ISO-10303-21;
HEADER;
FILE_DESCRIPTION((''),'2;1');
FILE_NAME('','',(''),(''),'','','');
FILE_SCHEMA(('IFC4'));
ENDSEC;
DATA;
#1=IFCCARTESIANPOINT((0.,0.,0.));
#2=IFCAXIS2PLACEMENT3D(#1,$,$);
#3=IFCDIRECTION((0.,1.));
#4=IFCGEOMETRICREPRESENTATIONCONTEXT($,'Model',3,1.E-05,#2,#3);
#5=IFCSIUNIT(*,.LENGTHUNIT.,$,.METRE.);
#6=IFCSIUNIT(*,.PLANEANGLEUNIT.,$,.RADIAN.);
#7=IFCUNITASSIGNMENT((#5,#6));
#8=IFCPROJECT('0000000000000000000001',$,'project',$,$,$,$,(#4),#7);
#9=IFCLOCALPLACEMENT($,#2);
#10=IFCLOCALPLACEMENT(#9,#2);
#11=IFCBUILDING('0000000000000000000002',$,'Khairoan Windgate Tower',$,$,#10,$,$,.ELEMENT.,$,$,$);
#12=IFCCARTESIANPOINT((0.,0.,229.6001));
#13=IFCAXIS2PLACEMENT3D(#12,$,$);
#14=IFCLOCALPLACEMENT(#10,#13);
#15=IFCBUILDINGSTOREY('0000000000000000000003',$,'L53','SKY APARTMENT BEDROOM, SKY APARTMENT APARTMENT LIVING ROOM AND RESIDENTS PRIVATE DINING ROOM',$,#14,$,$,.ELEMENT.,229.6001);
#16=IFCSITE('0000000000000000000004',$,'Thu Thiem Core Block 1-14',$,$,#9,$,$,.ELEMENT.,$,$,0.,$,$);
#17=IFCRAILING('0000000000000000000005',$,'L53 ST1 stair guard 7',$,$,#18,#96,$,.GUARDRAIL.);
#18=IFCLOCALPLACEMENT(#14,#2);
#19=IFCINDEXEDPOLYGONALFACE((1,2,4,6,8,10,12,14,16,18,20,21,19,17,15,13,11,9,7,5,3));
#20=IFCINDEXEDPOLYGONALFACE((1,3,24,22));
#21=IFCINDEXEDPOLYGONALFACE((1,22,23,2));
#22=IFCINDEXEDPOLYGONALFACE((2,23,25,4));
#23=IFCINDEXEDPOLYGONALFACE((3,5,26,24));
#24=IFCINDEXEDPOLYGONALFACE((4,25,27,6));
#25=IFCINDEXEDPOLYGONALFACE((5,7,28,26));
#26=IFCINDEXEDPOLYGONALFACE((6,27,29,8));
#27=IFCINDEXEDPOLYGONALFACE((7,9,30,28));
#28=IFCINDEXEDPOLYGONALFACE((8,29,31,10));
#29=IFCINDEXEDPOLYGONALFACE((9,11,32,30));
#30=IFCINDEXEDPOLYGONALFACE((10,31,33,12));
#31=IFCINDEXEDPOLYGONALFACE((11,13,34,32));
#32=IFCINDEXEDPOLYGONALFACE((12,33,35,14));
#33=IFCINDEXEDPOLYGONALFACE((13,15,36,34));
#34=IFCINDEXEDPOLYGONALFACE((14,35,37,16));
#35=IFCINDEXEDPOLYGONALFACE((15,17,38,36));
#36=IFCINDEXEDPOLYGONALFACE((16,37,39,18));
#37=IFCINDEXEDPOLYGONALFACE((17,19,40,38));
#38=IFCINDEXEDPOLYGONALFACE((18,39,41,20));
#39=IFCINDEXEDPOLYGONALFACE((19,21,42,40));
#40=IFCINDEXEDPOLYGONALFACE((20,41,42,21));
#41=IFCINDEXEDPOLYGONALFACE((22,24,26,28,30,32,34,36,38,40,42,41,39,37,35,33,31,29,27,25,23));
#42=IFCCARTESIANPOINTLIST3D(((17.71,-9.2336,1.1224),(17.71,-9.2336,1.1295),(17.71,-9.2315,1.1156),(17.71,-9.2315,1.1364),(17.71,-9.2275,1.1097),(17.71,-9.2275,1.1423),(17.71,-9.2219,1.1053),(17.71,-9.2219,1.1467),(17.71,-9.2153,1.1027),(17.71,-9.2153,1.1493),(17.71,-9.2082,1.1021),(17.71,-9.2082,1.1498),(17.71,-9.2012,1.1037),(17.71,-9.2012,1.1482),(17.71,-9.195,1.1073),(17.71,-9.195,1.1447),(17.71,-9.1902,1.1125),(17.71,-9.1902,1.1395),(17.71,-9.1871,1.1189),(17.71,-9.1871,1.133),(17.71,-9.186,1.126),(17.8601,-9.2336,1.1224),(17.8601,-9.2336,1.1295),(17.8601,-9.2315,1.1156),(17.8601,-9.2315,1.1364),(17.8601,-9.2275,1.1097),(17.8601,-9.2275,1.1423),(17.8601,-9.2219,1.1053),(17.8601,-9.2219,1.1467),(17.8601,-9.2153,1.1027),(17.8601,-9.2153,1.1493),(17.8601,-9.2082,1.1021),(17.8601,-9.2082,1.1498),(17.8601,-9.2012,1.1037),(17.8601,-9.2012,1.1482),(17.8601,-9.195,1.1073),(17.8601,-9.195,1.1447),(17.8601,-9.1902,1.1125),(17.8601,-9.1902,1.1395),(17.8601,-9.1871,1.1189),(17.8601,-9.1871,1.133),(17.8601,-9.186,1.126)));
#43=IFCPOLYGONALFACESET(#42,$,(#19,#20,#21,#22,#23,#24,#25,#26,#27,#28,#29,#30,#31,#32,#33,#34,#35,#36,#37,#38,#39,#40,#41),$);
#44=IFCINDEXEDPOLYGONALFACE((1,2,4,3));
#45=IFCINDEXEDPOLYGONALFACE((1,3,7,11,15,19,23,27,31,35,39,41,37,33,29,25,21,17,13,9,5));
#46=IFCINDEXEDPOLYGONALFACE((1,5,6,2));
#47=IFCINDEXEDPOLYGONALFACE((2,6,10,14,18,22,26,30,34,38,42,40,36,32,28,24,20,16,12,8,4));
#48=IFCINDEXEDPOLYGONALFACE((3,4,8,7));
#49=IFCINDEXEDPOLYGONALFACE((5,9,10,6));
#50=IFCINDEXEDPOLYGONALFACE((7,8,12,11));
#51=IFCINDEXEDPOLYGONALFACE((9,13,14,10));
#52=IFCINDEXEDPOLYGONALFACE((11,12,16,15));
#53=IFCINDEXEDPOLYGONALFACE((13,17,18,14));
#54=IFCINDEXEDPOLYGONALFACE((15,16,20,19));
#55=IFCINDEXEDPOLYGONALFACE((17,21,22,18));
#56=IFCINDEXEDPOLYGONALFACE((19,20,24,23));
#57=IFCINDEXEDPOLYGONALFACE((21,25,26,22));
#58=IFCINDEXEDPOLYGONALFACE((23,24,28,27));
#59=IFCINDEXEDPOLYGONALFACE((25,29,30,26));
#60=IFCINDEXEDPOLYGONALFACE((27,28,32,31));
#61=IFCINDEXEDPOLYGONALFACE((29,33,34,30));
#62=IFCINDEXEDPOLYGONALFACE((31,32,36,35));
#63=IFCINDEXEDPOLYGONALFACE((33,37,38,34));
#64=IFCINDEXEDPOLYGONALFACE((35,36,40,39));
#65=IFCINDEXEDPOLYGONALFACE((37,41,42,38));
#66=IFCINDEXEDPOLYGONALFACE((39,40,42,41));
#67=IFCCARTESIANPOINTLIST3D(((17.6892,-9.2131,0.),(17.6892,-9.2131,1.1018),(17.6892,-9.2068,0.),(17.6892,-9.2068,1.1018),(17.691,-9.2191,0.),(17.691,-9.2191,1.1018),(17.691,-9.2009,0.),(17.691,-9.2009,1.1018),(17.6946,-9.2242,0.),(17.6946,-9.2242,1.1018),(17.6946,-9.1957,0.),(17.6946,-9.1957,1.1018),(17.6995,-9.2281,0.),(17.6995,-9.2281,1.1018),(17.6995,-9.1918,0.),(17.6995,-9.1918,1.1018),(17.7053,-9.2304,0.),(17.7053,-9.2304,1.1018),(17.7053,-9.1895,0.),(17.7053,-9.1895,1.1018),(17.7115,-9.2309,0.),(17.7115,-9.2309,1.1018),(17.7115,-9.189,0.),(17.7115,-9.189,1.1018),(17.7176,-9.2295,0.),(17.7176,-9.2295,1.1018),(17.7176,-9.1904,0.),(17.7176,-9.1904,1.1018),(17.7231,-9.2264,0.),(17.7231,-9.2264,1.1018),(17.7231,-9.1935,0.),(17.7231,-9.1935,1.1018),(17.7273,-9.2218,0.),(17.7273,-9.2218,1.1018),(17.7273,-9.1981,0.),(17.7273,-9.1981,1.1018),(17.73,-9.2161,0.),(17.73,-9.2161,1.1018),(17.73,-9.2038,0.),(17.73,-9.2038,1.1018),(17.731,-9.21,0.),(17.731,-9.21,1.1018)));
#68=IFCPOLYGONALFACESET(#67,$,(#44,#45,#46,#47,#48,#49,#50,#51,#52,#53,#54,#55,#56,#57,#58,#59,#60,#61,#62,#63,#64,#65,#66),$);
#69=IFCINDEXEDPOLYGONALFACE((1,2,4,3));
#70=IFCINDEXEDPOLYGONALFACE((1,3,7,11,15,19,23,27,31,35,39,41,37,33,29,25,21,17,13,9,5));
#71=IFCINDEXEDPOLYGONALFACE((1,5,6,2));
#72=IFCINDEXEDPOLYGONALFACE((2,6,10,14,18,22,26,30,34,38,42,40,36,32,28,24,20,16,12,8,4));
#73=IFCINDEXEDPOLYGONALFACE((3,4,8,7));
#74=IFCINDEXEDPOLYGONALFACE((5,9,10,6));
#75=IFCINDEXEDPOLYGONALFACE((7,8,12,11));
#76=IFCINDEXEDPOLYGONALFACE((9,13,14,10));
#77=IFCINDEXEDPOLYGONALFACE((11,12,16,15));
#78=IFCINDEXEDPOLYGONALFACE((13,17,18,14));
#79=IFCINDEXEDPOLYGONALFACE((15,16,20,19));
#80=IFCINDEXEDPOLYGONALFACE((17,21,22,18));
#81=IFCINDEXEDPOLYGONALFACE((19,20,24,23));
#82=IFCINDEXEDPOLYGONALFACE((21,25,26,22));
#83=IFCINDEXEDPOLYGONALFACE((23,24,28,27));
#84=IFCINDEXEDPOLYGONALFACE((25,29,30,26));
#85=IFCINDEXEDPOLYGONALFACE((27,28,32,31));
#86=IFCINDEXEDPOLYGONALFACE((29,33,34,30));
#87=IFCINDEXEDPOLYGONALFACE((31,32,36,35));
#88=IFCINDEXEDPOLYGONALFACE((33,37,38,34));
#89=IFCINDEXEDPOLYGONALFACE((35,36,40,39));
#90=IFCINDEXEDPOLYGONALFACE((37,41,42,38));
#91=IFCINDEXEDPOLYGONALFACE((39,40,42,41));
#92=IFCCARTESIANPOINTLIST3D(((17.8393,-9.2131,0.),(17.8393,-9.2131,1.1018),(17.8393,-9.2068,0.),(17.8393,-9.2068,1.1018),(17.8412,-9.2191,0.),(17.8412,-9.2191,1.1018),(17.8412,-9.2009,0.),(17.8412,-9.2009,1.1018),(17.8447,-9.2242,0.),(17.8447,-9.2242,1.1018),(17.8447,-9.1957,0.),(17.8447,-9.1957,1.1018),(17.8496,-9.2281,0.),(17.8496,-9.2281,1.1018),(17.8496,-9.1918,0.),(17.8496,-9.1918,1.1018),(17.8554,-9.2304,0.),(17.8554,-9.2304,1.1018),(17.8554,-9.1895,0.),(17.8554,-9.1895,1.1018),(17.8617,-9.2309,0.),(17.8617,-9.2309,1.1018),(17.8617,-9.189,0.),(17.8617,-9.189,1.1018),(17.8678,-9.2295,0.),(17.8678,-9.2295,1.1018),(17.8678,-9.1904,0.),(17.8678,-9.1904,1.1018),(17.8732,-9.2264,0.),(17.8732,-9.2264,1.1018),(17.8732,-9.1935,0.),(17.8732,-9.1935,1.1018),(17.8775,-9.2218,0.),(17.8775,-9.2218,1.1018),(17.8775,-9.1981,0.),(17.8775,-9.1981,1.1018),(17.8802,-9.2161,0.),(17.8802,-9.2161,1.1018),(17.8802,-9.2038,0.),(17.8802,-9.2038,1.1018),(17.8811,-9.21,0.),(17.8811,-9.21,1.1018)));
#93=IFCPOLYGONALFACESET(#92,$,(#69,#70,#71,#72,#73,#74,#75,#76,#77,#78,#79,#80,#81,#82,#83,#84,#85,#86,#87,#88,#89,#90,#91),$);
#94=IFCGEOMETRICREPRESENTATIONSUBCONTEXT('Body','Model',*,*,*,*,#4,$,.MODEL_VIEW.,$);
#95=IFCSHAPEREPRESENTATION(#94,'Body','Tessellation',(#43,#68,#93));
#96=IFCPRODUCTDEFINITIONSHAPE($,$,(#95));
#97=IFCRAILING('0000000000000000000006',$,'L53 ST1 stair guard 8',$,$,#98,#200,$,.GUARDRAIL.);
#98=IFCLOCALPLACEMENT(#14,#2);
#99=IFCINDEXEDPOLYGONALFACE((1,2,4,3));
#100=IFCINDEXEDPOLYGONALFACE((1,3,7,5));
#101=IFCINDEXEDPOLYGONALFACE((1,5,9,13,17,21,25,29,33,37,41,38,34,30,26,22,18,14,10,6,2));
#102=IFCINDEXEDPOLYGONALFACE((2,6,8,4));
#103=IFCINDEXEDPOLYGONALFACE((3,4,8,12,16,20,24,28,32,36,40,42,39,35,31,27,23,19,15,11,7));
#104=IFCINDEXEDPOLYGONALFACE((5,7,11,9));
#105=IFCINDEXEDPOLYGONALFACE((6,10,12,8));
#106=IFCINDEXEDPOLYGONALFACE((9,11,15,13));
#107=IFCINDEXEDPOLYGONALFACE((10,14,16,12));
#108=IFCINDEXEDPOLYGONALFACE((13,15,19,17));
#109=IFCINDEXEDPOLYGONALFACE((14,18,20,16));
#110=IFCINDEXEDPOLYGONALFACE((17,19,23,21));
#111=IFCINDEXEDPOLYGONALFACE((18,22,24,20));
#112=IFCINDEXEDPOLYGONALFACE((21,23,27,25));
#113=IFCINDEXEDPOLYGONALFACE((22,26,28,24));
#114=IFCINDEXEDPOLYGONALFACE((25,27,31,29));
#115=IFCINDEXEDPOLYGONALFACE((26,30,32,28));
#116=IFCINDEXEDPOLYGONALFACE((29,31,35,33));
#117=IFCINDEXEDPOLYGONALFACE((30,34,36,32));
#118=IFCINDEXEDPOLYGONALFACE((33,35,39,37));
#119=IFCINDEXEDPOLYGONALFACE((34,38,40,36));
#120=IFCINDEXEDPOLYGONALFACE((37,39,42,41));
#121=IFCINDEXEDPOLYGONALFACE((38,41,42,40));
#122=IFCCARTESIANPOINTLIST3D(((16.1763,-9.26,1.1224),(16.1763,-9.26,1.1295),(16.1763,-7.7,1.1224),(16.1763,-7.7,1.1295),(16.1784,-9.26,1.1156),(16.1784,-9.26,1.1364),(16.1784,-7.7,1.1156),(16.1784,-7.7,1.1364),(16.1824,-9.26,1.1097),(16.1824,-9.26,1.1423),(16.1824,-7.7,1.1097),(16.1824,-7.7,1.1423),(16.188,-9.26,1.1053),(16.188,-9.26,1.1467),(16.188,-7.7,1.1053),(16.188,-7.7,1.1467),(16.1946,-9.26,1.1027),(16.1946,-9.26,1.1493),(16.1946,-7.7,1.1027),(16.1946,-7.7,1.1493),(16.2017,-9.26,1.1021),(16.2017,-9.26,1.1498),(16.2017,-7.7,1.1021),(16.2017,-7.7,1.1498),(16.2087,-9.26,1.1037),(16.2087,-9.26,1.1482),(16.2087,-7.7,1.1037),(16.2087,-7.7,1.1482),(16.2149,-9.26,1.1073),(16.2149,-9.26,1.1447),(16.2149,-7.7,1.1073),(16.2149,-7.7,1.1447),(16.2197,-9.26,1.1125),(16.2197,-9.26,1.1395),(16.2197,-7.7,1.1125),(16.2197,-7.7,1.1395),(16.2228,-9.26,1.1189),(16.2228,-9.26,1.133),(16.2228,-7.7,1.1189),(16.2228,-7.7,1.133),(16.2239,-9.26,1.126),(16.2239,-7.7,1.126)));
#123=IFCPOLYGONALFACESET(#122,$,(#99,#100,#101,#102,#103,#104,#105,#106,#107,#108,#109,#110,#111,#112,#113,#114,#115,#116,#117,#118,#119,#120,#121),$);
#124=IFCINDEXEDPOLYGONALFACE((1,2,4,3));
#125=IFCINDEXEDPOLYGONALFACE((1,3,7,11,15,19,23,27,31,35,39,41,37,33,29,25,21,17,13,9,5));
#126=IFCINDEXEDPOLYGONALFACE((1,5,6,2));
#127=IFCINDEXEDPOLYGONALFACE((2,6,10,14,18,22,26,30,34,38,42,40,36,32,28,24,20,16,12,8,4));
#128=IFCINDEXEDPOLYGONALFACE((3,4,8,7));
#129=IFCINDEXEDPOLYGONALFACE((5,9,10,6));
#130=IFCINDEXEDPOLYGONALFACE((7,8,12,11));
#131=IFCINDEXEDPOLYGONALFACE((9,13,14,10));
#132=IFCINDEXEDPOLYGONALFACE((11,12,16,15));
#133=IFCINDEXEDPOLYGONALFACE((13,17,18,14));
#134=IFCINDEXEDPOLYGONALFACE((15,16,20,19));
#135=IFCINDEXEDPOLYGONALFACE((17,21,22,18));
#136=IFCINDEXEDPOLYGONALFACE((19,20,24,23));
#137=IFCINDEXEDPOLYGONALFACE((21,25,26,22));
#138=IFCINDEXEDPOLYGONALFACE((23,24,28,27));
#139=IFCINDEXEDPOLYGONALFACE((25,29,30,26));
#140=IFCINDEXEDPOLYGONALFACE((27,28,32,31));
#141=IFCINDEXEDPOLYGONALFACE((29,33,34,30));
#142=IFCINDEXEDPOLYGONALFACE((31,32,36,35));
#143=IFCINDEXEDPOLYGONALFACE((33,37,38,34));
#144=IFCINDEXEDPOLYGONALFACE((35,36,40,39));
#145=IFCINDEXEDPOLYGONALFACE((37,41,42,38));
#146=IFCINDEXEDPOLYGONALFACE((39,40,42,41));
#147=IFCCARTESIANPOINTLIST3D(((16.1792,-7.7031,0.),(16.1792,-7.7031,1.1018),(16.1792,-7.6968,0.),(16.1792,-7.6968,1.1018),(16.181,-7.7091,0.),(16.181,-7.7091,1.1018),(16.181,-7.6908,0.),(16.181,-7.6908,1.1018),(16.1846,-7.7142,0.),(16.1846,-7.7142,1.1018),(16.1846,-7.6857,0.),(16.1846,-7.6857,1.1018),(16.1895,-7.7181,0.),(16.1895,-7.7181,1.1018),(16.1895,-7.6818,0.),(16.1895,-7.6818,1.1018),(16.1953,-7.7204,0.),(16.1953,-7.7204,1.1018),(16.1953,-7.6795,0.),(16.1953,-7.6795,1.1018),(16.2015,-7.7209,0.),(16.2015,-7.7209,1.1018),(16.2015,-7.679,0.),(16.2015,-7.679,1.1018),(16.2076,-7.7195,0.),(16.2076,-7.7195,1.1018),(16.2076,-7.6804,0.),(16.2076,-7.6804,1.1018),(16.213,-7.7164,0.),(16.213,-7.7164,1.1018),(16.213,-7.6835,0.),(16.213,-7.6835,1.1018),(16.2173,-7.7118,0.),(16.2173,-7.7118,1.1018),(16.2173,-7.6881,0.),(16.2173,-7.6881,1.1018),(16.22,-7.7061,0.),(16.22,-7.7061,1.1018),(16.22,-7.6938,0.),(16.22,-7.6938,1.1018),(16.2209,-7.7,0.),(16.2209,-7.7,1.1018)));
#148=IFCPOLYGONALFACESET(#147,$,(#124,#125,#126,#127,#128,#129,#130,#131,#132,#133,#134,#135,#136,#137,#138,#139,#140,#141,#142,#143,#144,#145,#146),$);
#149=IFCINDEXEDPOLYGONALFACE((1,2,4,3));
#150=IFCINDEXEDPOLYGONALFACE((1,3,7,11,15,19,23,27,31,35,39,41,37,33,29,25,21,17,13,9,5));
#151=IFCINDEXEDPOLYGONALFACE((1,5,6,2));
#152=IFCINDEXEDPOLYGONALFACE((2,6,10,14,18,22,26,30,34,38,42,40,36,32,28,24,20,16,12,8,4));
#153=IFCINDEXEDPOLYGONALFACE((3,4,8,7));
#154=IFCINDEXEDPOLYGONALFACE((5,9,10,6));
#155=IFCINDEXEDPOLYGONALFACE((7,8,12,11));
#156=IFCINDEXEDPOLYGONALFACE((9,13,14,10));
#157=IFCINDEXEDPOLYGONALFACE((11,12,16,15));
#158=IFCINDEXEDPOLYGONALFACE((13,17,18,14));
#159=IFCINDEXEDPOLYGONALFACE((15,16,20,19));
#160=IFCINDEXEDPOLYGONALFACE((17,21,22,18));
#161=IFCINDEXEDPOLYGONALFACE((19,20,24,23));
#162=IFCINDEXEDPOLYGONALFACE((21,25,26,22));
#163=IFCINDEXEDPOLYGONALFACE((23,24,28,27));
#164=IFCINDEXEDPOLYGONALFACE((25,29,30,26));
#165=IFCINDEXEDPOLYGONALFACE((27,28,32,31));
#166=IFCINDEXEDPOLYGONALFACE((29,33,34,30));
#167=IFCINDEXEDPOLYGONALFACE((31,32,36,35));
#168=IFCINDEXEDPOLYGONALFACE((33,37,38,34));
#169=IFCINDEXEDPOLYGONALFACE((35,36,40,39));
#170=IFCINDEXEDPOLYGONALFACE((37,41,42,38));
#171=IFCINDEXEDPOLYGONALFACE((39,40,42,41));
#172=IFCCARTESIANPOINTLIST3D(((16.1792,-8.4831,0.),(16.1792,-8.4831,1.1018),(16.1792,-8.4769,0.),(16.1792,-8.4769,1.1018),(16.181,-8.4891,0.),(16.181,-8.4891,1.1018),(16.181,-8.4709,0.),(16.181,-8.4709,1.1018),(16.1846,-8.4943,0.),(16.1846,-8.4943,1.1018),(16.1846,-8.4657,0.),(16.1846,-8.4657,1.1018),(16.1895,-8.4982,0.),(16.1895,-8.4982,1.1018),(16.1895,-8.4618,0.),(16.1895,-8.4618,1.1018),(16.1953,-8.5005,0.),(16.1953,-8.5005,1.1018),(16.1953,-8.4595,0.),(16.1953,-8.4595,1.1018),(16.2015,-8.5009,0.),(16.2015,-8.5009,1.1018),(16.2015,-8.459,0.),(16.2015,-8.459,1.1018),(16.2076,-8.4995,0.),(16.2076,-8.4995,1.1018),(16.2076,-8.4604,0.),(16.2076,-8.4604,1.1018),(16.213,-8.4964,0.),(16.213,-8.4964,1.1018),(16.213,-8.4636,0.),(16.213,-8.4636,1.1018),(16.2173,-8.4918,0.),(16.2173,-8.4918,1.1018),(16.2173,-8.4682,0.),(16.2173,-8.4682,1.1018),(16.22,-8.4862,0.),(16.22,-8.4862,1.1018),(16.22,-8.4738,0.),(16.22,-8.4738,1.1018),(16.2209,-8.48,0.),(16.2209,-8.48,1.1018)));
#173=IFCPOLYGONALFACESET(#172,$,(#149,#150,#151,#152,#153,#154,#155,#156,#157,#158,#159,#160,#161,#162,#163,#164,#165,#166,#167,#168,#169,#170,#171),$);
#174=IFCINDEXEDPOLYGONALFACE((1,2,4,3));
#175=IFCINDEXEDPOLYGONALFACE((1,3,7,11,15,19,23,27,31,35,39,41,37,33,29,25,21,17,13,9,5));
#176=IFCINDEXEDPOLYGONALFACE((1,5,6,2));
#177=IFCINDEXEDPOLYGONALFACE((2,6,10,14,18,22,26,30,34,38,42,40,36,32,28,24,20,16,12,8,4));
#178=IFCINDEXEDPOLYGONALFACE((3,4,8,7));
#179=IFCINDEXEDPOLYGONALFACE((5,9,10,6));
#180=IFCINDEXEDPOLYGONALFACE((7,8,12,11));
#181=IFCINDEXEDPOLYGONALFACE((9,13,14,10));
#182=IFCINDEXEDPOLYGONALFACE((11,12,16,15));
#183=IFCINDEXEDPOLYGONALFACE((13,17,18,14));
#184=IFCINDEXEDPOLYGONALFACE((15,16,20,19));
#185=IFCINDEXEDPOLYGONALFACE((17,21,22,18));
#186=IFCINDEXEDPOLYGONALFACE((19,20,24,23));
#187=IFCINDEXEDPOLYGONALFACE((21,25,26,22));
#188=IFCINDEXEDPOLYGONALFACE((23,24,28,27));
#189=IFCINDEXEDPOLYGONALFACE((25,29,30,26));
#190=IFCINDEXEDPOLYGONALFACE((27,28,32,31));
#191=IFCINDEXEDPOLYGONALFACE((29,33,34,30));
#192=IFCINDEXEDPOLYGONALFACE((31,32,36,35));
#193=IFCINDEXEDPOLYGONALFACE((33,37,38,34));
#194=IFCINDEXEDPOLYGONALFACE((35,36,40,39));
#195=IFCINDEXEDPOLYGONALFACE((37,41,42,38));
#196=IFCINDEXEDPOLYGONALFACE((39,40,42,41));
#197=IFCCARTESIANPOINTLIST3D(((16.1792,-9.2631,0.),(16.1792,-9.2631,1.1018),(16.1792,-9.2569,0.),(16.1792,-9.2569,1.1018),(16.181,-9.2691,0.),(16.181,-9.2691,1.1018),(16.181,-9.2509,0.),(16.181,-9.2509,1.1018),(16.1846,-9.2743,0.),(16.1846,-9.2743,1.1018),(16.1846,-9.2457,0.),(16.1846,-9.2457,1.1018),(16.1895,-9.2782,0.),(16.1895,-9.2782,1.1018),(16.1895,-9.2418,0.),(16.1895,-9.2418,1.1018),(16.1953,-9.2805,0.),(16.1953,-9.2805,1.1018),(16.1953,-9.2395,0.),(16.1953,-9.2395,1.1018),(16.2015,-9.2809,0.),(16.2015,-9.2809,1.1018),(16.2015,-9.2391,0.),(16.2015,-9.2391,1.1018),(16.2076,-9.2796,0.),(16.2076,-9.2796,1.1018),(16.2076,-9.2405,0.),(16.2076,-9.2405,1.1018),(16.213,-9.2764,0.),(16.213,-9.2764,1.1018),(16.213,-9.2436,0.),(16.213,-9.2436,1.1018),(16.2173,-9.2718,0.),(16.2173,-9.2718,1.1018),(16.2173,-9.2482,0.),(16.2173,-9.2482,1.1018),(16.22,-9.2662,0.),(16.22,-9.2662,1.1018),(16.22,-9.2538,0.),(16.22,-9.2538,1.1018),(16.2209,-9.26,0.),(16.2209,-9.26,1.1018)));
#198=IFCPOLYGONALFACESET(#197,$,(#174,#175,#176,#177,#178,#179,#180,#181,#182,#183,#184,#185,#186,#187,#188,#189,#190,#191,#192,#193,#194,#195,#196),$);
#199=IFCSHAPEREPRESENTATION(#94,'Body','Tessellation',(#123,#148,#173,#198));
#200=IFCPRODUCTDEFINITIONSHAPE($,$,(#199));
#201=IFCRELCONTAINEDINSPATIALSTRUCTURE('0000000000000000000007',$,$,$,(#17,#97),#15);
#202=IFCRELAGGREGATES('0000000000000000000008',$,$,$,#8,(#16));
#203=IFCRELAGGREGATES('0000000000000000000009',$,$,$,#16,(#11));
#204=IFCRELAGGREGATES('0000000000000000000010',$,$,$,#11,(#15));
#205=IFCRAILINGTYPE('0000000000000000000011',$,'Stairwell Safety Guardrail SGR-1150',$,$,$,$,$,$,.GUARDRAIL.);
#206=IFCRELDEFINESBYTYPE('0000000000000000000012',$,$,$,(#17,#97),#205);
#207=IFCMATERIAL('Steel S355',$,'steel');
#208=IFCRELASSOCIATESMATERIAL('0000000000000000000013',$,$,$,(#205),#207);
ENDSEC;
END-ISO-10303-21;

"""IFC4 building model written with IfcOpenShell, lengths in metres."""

from ifc_helpers import new_model, si_unit, direction, frame, origin, origin_2d, place, context, subcontext, project, spatial, circle, extrude, material, type_object, element, save


model = new_model("IFC4")

# Units and contexts
model_context = context("Model", 3, precision=1e-05, world=origin(), true_north=direction((0.0, 1.0)))
body_context = subcontext(model_context, "Body", "Model", "MODEL_VIEW")
ifc_project = project(units=[si_unit("LENGTHUNIT", "METRE"), si_unit("PLANEANGLEUNIT", "RADIAN")], contexts=[model_context])

# Site, building, storey
site_placement = place(None, origin())
site = spatial("IfcSite", under=ifc_project, at=site_placement, Name="Thu Thiem Core Block 1-14", CompositionType="ELEMENT", RefElevation=0.0)
building_placement = place(site_placement, origin())
building = spatial("IfcBuilding", under=site, at=building_placement, Name="Khairoan Windgate Tower", CompositionType="ELEMENT")
storey_placement = place(building_placement, frame((0.0, 0.0, 229.6001)))
storey = spatial("IfcBuildingStorey", under=building, at=storey_placement, Name="L53", Description="SKY APARTMENT BEDROOM, SKY APARTMENT APARTMENT LIVING ROOM AND RESIDENTS PRIVATE DINING ROOM", CompositionType="ELEMENT", Elevation=229.6001)

# Railings
ifc_material_1 = material(Name="Steel S355", Category="steel")
railing_type_1 = type_object("IfcRailingType", Name="Stairwell Safety Guardrail SGR-1150", PredefinedType="GUARDRAIL", material=ifc_material_1)
railing_1_placement = place(storey_placement, frame((17.71, -9.21, 0.0)))
element("IfcRailing", 1, at=railing_1_placement, inside=storey, type_object=railing_type_1, Name="L53 ST1 stair guard 7", PredefinedType="GUARDRAIL", context=body_context, shape_type="SweptSolid", body=[
    extrude(circle(Radius=0.0239, at=origin_2d()), frame((0.0, 0.0, 1.126), z_axis=(1.0, 0.0, 0.0), x_axis=(0.0, 1.0, 0.0)), (0.0, 0.0, 1.0), 0.1501),
    extrude(circle(Radius=0.021, at=origin_2d()), origin(), (0.0, 0.0, 1.0), 1.1018),
    extrude(circle(Radius=0.021, at=origin_2d()), frame((0.1501, 0.0, 0.0)), (0.0, 0.0, 1.0), 1.1018),
])
for number, where, name in (
    (2, (16.2, -7.7, 0.0), "L53 ST1 stair guard 8"),
):
    element("IfcRailing", number, at=place(storey_placement, frame(where)), inside=storey, type_object=railing_type_1, Name=name, PredefinedType="GUARDRAIL", context=body_context, shape_type="SweptSolid", body=[
        extrude(circle(Radius=0.0239, at=origin_2d()), frame((0.0, 0.0, 1.126), z_axis=(0.0, -1.0, 0.0), x_axis=(1.0, 0.0, 0.0)), (0.0, 0.0, 1.0), 1.5601),
        extrude(circle(Radius=0.021, at=origin_2d()), origin(), (0.0, 0.0, 1.0), 1.1018),
        extrude(circle(Radius=0.021, at=origin_2d()), frame((0.0, -0.78, 0.0)), (0.0, 0.0, 1.0), 1.1018),
        extrude(circle(Radius=0.021, at=origin_2d()), frame((0.0, -1.5601, 0.0)), (0.0, 0.0, 1.0), 1.1018),
    ])

save(model, "model.ifc")
